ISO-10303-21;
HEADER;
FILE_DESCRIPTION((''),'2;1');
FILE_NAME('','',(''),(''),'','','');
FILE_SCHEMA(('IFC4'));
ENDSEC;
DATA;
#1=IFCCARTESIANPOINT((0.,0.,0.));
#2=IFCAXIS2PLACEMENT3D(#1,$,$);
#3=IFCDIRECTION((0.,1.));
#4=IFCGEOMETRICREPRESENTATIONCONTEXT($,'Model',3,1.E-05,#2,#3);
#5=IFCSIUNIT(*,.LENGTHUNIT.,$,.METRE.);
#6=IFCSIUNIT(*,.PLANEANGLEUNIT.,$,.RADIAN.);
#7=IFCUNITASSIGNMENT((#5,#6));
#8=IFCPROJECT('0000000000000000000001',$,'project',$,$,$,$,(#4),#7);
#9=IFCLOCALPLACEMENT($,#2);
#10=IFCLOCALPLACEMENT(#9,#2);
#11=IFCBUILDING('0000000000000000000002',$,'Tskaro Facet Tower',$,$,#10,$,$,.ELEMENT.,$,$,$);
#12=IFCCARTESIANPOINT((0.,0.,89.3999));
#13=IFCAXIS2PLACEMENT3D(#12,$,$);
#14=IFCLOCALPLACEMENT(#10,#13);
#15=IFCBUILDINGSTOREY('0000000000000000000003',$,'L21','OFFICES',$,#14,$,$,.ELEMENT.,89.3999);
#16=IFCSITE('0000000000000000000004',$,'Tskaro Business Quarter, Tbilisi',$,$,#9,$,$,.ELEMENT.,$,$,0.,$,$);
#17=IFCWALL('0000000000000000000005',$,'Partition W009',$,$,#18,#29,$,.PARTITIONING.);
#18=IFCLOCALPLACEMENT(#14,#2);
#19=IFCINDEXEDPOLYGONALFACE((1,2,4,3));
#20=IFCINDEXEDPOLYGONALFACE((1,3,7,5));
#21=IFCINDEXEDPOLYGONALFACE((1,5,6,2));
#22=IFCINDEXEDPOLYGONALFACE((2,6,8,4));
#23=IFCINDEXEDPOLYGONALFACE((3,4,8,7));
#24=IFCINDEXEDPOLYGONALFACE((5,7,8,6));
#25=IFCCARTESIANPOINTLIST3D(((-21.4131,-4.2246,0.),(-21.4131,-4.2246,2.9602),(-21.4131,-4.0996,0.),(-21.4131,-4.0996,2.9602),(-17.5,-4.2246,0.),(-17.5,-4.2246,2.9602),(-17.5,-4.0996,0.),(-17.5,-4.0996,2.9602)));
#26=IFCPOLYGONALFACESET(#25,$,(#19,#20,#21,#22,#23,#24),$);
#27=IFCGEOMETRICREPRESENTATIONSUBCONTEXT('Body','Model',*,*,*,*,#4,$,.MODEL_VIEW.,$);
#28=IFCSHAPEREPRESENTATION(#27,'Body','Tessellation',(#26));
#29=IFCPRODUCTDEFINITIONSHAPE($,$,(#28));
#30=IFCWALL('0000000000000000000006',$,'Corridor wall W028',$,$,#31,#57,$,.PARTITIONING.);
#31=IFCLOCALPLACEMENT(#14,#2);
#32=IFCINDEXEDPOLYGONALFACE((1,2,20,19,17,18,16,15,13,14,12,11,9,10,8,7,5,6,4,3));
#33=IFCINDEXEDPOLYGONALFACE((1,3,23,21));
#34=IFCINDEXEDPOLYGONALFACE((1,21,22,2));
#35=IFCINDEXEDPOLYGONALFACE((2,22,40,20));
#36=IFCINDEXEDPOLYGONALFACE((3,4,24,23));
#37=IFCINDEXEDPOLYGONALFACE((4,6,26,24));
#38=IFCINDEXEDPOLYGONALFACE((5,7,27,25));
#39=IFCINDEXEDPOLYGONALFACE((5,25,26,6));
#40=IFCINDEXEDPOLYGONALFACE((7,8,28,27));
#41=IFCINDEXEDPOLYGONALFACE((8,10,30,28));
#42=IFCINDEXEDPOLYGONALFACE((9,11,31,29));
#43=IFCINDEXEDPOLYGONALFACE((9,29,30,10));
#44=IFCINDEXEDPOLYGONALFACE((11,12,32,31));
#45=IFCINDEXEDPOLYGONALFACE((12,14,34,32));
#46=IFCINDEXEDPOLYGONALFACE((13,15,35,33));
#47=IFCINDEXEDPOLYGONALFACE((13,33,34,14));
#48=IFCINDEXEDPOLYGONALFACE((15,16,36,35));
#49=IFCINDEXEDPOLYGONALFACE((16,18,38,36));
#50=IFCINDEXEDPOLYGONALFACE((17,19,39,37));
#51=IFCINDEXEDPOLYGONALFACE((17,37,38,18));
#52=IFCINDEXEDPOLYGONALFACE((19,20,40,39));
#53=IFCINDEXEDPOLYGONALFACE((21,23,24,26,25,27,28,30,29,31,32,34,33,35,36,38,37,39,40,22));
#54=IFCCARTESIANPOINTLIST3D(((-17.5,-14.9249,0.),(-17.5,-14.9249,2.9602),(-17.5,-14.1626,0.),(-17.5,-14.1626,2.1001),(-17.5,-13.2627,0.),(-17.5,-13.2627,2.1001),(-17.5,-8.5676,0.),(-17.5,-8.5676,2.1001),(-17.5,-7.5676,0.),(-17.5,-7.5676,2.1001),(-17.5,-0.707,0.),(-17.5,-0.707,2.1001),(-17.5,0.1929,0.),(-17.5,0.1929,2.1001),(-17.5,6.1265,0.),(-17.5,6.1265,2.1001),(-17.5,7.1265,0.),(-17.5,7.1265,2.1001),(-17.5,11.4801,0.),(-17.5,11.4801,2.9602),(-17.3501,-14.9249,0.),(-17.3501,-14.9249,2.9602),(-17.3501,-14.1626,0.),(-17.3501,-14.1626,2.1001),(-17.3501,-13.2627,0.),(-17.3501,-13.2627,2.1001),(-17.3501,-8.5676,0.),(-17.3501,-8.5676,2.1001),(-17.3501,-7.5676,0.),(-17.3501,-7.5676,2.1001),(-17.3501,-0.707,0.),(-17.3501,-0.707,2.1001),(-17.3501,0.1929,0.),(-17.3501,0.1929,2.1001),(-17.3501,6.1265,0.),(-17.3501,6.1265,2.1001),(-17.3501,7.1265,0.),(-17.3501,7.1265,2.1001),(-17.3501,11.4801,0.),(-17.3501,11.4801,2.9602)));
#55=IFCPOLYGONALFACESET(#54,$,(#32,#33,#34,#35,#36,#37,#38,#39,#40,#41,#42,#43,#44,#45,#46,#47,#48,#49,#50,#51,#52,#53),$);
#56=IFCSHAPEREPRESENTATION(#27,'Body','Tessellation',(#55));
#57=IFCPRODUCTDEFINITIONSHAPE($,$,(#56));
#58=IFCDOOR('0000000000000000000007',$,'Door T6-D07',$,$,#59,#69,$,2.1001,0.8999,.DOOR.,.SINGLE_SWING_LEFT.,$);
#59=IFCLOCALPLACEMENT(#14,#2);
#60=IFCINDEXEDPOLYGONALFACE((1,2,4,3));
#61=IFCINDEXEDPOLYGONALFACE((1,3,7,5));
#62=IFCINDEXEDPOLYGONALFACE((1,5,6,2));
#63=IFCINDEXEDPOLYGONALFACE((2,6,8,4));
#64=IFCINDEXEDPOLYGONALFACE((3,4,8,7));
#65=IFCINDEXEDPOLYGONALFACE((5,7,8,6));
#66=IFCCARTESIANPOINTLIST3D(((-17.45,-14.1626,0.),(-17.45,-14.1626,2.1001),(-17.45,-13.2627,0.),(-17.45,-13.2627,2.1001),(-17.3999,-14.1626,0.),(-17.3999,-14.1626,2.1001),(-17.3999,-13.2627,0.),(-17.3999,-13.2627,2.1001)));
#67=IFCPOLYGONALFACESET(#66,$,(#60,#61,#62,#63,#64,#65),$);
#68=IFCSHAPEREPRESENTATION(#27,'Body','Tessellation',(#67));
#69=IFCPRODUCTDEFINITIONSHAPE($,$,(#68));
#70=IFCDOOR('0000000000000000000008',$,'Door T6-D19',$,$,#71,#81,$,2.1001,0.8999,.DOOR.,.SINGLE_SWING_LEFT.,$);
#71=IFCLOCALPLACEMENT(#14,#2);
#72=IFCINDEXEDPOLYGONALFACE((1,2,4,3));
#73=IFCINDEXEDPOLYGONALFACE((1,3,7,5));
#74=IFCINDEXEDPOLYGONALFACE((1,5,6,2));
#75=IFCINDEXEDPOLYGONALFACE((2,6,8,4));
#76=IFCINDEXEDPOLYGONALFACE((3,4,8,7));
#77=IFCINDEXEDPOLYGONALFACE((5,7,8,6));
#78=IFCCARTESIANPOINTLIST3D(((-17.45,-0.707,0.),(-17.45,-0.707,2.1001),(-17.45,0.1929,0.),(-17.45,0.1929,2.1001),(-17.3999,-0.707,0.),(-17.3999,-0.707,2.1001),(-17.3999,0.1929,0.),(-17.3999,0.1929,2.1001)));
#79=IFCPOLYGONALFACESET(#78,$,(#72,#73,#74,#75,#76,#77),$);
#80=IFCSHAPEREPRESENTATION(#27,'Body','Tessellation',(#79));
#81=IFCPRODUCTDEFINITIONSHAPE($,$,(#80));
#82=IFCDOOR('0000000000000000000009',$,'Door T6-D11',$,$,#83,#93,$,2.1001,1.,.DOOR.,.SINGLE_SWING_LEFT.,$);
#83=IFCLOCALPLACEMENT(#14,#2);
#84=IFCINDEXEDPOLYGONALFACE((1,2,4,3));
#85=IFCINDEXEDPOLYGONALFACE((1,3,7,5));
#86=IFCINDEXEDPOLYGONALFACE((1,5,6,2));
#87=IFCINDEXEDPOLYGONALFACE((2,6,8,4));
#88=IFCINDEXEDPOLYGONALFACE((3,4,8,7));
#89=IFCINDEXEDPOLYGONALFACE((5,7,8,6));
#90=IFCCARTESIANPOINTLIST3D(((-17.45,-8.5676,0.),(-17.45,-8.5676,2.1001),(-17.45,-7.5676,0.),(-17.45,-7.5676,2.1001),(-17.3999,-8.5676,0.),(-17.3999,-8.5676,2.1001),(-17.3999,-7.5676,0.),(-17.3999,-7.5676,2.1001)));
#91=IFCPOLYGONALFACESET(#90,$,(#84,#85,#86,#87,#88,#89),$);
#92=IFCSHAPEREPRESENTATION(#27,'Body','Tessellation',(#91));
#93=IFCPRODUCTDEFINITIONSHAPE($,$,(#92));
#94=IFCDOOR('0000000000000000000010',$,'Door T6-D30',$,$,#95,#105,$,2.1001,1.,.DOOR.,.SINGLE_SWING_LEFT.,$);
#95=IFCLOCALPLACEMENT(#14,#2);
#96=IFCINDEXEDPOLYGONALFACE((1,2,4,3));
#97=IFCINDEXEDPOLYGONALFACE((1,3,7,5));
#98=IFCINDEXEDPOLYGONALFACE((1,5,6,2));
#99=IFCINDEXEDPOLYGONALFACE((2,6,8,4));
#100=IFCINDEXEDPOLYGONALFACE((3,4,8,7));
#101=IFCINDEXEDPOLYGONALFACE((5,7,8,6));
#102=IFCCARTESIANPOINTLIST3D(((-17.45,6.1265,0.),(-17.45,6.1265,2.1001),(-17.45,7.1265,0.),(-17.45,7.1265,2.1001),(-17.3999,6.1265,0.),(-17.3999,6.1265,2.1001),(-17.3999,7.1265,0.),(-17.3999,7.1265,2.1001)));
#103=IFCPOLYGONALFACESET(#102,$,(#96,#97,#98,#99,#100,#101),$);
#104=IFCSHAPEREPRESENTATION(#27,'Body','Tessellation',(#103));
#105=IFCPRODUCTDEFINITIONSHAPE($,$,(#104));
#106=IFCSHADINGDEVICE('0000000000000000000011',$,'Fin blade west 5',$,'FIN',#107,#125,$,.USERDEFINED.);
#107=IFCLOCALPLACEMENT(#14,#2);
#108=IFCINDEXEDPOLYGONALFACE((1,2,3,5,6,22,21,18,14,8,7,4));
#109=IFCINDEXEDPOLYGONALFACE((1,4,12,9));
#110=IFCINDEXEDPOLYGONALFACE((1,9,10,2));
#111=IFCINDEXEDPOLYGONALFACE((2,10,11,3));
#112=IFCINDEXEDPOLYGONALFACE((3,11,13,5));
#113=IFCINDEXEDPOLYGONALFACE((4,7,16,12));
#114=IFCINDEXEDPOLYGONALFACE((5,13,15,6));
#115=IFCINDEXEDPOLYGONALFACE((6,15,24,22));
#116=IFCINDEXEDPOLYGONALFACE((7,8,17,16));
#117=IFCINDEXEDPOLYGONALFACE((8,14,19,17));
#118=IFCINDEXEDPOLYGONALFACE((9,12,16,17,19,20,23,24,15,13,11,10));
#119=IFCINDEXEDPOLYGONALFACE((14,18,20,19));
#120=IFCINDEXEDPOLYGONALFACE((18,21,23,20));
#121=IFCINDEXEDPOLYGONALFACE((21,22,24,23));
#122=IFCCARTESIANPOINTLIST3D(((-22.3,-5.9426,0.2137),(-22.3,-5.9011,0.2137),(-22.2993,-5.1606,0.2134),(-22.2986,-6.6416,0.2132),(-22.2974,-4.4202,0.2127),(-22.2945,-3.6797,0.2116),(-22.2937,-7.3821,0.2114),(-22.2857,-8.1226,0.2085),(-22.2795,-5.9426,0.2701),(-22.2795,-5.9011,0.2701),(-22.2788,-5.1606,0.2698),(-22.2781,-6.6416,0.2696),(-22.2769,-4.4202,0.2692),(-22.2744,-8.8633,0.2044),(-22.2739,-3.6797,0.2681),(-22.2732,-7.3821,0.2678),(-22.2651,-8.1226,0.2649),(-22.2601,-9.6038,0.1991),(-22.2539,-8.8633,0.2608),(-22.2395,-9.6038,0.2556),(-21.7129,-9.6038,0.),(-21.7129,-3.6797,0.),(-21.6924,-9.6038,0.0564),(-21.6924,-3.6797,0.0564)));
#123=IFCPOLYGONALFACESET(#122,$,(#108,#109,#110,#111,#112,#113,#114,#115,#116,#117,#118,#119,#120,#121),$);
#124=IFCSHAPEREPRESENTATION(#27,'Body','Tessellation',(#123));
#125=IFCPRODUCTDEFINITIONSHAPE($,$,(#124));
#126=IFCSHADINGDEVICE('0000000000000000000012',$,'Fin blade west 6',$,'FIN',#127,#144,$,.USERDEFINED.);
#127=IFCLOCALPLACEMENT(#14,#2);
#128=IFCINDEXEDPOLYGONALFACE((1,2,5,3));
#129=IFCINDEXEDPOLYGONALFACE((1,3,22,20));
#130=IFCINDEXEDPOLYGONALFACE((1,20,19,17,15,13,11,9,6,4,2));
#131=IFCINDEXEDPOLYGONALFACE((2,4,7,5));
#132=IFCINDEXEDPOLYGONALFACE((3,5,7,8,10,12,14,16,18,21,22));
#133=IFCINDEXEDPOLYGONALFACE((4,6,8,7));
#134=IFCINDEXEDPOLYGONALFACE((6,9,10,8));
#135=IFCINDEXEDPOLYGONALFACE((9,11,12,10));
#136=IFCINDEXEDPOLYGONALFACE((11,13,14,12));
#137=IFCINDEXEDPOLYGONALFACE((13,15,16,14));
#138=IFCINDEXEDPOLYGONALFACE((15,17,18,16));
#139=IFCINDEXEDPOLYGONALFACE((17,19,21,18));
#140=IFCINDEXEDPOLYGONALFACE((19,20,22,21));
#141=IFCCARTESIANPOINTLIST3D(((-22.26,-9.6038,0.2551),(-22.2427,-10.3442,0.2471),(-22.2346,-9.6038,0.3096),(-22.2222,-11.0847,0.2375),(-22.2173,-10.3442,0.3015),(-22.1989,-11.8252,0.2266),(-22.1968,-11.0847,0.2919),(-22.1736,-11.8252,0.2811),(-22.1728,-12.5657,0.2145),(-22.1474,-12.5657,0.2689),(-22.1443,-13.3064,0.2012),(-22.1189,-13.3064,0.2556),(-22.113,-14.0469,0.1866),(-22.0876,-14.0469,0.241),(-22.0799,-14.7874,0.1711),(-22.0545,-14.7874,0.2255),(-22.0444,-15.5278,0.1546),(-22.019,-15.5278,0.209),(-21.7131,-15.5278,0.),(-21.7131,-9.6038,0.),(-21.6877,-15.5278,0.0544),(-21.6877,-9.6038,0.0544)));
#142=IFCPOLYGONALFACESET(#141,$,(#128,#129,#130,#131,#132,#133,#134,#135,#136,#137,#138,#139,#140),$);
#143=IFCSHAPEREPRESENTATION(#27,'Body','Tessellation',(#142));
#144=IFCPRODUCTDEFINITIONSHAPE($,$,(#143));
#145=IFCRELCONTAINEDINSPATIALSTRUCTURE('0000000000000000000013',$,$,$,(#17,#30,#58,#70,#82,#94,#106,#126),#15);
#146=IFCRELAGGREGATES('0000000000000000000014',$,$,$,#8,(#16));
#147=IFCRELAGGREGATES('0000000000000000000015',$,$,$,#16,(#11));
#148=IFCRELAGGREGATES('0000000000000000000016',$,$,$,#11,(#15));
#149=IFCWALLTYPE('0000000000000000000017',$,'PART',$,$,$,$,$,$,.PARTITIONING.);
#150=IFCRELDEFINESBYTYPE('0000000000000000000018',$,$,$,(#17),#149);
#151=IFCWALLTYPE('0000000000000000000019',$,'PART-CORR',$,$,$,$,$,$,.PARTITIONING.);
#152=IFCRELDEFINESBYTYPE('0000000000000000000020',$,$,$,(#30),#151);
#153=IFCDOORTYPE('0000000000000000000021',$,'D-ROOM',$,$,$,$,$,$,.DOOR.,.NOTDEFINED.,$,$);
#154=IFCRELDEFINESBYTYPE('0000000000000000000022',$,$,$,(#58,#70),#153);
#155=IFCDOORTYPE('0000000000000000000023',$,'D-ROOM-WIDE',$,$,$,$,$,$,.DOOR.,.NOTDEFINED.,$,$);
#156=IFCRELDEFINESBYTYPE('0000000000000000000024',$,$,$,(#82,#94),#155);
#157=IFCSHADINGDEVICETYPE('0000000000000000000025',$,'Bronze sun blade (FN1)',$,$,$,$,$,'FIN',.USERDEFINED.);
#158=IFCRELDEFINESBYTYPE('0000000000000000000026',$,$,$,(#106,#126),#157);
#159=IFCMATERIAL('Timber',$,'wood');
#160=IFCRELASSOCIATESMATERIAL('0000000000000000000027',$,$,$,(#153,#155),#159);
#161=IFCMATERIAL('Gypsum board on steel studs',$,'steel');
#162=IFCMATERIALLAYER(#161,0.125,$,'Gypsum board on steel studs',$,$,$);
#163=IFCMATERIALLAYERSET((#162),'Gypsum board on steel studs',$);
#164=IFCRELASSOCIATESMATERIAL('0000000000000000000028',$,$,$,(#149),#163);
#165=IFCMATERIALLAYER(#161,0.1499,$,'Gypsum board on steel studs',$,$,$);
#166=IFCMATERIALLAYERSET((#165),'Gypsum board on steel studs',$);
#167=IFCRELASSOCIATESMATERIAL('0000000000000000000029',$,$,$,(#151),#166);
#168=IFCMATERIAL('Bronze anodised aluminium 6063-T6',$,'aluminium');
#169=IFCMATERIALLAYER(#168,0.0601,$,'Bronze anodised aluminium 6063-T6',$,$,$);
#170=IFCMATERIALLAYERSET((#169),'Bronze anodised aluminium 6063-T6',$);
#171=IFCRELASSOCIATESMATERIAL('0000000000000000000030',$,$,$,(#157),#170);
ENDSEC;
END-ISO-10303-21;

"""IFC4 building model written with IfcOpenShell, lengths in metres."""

from ifc_helpers import new_model, si_unit, direction, frame, frame_2d, origin, place, context, subcontext, project, spatial, polyline, rectangle, outline, extrude, material, layer, layer_set, type_object, element, fill, save


model = new_model("IFC4")

# Units and contexts
model_context = context("Model", 3, precision=1e-05, world=origin(), true_north=direction((0.0, 1.0)))
body_context = subcontext(model_context, "Body", "Model", "MODEL_VIEW")
ifc_project = project(units=[si_unit("LENGTHUNIT", "METRE"), si_unit("PLANEANGLEUNIT", "RADIAN")], contexts=[model_context])

# Site, building, storey
site_placement = place(None, origin())
site = spatial("IfcSite", under=ifc_project, at=site_placement, Name="Tskaro Business Quarter, Tbilisi", CompositionType="ELEMENT", RefElevation=0.0)
building_placement = place(site_placement, origin())
building = spatial("IfcBuilding", under=site, at=building_placement, Name="Tskaro Facet Tower", CompositionType="ELEMENT")
storey_placement = place(building_placement, frame((0.0, 0.0, 89.3999)))
storey = spatial("IfcBuildingStorey", under=building, at=storey_placement, Name="L21", Description="OFFICES", CompositionType="ELEMENT", Elevation=89.3999)

# Shared definitions
ifc_material_1 = material(Name="Bronze anodised aluminium 6063-T6", Category="aluminium")

# Shared definitions
ifc_material_2 = material(Name="Timber", Category="wood")
door_type_1 = type_object("IfcDoorType", Name="D-ROOM", OperationType="NOTDEFINED", PredefinedType="DOOR", material=ifc_material_2)

# Wall
ifc_material_3 = material(Name="Gypsum board on steel studs", Category="steel")
ifc_layer_1 = layer(ifc_material_3, 0.125, Name="Gypsum board on steel studs")
ifc_layer_set_1 = layer_set([ifc_layer_1], Name="Gypsum board on steel studs")
wall_type_1 = type_object("IfcWallType", Name="PART", PredefinedType="PARTITIONING", material=ifc_layer_set_1)
for number, where, z_axis, x_axis, name in (
    (1, (-21.4131, -4.1621, 0.0), (0.0, 0.0, 1.0), (1.0, 0.0, 0.0), "Partition W009"),
):
    element("IfcWall", number, at=place(storey_placement, frame(where, z_axis=z_axis, x_axis=x_axis)), inside=storey, type_object=wall_type_1, Name=name, PredefinedType="PARTITIONING", context=body_context, shape_type="SweptSolid", body=[
        extrude(rectangle(XDim=3.9131, YDim=0.125, at=frame_2d((1.9565, 0.0))), origin(), (0.0, 0.0, 1.0), 2.9602),
    ])

# Wall, openings, doors
ifc_layer_2 = layer(ifc_material_3, 0.1499, Name="Gypsum board on steel studs")
ifc_layer_set_2 = layer_set([ifc_layer_2], Name="Gypsum board on steel studs")
wall_type_2 = type_object("IfcWallType", Name="PART-CORR", PredefinedType="PARTITIONING", material=ifc_layer_set_2)
wall_1_placement = place(storey_placement, frame((-17.425, -14.925, 0.0), z_axis=(0.0, 0.0, 1.0), x_axis=(0.0, 1.0, 0.0)))
wall_1 = element("IfcWall", 2, at=wall_1_placement, inside=storey, type_object=wall_type_2, Name="Corridor wall W028", PredefinedType="PARTITIONING", context=body_context, shape_type="SweptSolid", body=[
    extrude(rectangle(XDim=26.405, YDim=0.1499, at=frame_2d((13.2026, 0.0))), origin(), (0.0, 0.0, 1.0), 2.9602),
])
opening_1_placement = place(wall_1_placement, frame((0.7625, 0.0, 0.0)))
opening_1 = element("IfcOpeningElement", 3, at=opening_1_placement, cuts=wall_1, PredefinedType="OPENING", context=body_context, shape_type="SweptSolid", body=[
    extrude(rectangle(XDim=0.8999, YDim=2.1001, at=frame_2d((0.45, 1.05))), frame((0.0, 0.085, 0.0), z_axis=(0.0, -1.0, 0.0), x_axis=(1.0, 0.0, 0.0)), (0.0, 0.0, 1.0), 0.1699),
])
opening_2_placement = place(wall_1_placement, frame((6.3574, 0.0, 0.0)))
opening_2 = element("IfcOpeningElement", 4, at=opening_2_placement, cuts=wall_1, PredefinedType="OPENING", context=body_context, shape_type="SweptSolid", body=[
    extrude(rectangle(XDim=1.0, YDim=2.1001, at=frame_2d((0.5, 1.05))), frame((0.0, 0.085, 0.0), z_axis=(0.0, -1.0, 0.0), x_axis=(1.0, 0.0, 0.0)), (0.0, 0.0, 1.0), 0.1699),
])
opening_3_placement = place(wall_1_placement, frame((14.218, 0.0, 0.0)))
opening_3 = element("IfcOpeningElement", 5, at=opening_3_placement, cuts=wall_1, PredefinedType="OPENING", context=body_context, shape_type="SweptSolid", body=[
    extrude(rectangle(XDim=0.8999, YDim=2.1001, at=frame_2d((0.45, 1.05))), frame((0.0, 0.085, 0.0), z_axis=(0.0, -1.0, 0.0), x_axis=(1.0, 0.0, 0.0)), (0.0, 0.0, 1.0), 0.1699),
])
opening_4_placement = place(wall_1_placement, frame((21.0515, 0.0, 0.0)))
opening_4 = element("IfcOpeningElement", 6, at=opening_4_placement, cuts=wall_1, PredefinedType="OPENING", context=body_context, shape_type="SweptSolid", body=[
    extrude(rectangle(XDim=1.0, YDim=2.1001, at=frame_2d((0.5, 1.05))), frame((0.0, 0.085, 0.0), z_axis=(0.0, -1.0, 0.0), x_axis=(1.0, 0.0, 0.0)), (0.0, 0.0, 1.0), 0.1699),
])
door_1_placement = place(opening_1_placement, origin())
door_1 = element("IfcDoor", 7, at=door_1_placement, inside=storey, type_object=door_type_1, Name="Door T6-D07", OperationType="SINGLE_SWING_LEFT", OverallHeight=2.1001, OverallWidth=0.8999, PredefinedType="DOOR", context=body_context, shape_type="SweptSolid", body=[
    extrude(rectangle(XDim=0.8999, YDim=2.1001, at=frame_2d((0.45, 1.05))), frame((0.0, 0.0249, 0.0), z_axis=(0.0, -1.0, 0.0), x_axis=(1.0, 0.0, 0.0)), (0.0, 0.0, 1.0), 0.05),
])
fill(opening_1, door_1)
door_2_placement = place(opening_3_placement, origin())
door_2 = element("IfcDoor", 8, at=door_2_placement, inside=storey, type_object=door_type_1, Name="Door T6-D19", OperationType="SINGLE_SWING_LEFT", OverallHeight=2.1001, OverallWidth=0.8999, PredefinedType="DOOR", context=body_context, shape_type="SweptSolid", body=[
    extrude(rectangle(XDim=0.8999, YDim=2.1001, at=frame_2d((0.45, 1.05))), frame((0.0, 0.0249, 0.0), z_axis=(0.0, -1.0, 0.0), x_axis=(1.0, 0.0, 0.0)), (0.0, 0.0, 1.0), 0.05),
])
fill(opening_3, door_2)
door_type_2 = type_object("IfcDoorType", Name="D-ROOM-WIDE", OperationType="NOTDEFINED", PredefinedType="DOOR", material=ifc_material_2)
door_3_placement = place(opening_2_placement, origin())
door_3 = element("IfcDoor", 9, at=door_3_placement, inside=storey, type_object=door_type_2, Name="Door T6-D11", OperationType="SINGLE_SWING_LEFT", OverallHeight=2.1001, OverallWidth=1.0, PredefinedType="DOOR", context=body_context, shape_type="SweptSolid", body=[
    extrude(rectangle(XDim=1.0, YDim=2.1001, at=frame_2d((0.5, 1.05))), frame((0.0, 0.0249, 0.0), z_axis=(0.0, -1.0, 0.0), x_axis=(1.0, 0.0, 0.0)), (0.0, 0.0, 1.0), 0.05),
])
fill(opening_2, door_3)
door_4_placement = place(opening_4_placement, origin())
door_4 = element("IfcDoor", 10, at=door_4_placement, inside=storey, type_object=door_type_2, Name="Door T6-D30", OperationType="SINGLE_SWING_LEFT", OverallHeight=2.1001, OverallWidth=1.0, PredefinedType="DOOR", context=body_context, shape_type="SweptSolid", body=[
    extrude(rectangle(XDim=1.0, YDim=2.1001, at=frame_2d((0.5, 1.05))), frame((0.0, 0.0249, 0.0), z_axis=(0.0, -1.0, 0.0), x_axis=(1.0, 0.0, 0.0)), (0.0, 0.0, 1.0), 0.05),
])
fill(opening_4, door_4)

# Shading devices
ifc_layer_3 = layer(ifc_material_1, 0.0601, Name="Bronze anodised aluminium 6063-T6")
ifc_layer_set_3 = layer_set([ifc_layer_3], Name="Bronze anodised aluminium 6063-T6")
shading_device_type = type_object("IfcShadingDeviceType", Name="Bronze sun blade (FN1)", ElementType="FIN", PredefinedType="USERDEFINED", material=ifc_layer_set_3)
shading_device_1_placement = place(storey_placement, frame((-21.6924, -3.6797, 0.0564), z_axis=(0.342028, 0.000006, 0.93969), x_axis=(0.000002, -1.0, 0.000006)))
element("IfcShadingDevice", 11, at=shading_device_1_placement, inside=storey, type_object=shading_device_type, Name="Fin blade west 5", ObjectType="FIN", PredefinedType="USERDEFINED", context=body_context, shape_type="SweptSolid", body=[
    extrude(outline(polyline([(0.0, 0.0), (5.9241, 0.0), (5.9241, -0.5823), (5.1836, -0.5975), (4.4429, -0.6095), (3.7024, -0.6181), (2.9619, -0.6233), (2.2629, -0.6248), (2.2214, -0.6248), (1.481, -0.624), (0.7405, -0.622), (0.0, -0.6189), (0.0, 0.0)])), origin(), (0.0, 0.0, -1.0), 0.0601),
])
shading_device_2_placement = place(storey_placement, frame((-21.6877, -9.6038, 0.0544), z_axis=(0.422767, -0.000001, 0.906239), x_axis=(-0.000001, -1.0, -0.000001)))
element("IfcShadingDevice", 12, at=shading_device_2_placement, inside=storey, type_object=shading_device_type, Name="Fin blade west 6", ObjectType="FIN", PredefinedType="USERDEFINED", context=body_context, shape_type="SweptSolid", body=[
    extrude(outline(polyline([(0.0, 0.0), (5.9241, 0.0), (5.9241, -0.3656), (5.1836, -0.4047), (4.4431, -0.4413), (3.7026, -0.4758), (2.9619, -0.5072), (2.2214, -0.5361), (1.481, -0.5617), (0.7405, -0.5843), (0.0, -0.6035), (0.0, 0.0)])), origin(), (0.0, 0.0, -1.0), 0.0601),
])

save(model, "model.ifc")
